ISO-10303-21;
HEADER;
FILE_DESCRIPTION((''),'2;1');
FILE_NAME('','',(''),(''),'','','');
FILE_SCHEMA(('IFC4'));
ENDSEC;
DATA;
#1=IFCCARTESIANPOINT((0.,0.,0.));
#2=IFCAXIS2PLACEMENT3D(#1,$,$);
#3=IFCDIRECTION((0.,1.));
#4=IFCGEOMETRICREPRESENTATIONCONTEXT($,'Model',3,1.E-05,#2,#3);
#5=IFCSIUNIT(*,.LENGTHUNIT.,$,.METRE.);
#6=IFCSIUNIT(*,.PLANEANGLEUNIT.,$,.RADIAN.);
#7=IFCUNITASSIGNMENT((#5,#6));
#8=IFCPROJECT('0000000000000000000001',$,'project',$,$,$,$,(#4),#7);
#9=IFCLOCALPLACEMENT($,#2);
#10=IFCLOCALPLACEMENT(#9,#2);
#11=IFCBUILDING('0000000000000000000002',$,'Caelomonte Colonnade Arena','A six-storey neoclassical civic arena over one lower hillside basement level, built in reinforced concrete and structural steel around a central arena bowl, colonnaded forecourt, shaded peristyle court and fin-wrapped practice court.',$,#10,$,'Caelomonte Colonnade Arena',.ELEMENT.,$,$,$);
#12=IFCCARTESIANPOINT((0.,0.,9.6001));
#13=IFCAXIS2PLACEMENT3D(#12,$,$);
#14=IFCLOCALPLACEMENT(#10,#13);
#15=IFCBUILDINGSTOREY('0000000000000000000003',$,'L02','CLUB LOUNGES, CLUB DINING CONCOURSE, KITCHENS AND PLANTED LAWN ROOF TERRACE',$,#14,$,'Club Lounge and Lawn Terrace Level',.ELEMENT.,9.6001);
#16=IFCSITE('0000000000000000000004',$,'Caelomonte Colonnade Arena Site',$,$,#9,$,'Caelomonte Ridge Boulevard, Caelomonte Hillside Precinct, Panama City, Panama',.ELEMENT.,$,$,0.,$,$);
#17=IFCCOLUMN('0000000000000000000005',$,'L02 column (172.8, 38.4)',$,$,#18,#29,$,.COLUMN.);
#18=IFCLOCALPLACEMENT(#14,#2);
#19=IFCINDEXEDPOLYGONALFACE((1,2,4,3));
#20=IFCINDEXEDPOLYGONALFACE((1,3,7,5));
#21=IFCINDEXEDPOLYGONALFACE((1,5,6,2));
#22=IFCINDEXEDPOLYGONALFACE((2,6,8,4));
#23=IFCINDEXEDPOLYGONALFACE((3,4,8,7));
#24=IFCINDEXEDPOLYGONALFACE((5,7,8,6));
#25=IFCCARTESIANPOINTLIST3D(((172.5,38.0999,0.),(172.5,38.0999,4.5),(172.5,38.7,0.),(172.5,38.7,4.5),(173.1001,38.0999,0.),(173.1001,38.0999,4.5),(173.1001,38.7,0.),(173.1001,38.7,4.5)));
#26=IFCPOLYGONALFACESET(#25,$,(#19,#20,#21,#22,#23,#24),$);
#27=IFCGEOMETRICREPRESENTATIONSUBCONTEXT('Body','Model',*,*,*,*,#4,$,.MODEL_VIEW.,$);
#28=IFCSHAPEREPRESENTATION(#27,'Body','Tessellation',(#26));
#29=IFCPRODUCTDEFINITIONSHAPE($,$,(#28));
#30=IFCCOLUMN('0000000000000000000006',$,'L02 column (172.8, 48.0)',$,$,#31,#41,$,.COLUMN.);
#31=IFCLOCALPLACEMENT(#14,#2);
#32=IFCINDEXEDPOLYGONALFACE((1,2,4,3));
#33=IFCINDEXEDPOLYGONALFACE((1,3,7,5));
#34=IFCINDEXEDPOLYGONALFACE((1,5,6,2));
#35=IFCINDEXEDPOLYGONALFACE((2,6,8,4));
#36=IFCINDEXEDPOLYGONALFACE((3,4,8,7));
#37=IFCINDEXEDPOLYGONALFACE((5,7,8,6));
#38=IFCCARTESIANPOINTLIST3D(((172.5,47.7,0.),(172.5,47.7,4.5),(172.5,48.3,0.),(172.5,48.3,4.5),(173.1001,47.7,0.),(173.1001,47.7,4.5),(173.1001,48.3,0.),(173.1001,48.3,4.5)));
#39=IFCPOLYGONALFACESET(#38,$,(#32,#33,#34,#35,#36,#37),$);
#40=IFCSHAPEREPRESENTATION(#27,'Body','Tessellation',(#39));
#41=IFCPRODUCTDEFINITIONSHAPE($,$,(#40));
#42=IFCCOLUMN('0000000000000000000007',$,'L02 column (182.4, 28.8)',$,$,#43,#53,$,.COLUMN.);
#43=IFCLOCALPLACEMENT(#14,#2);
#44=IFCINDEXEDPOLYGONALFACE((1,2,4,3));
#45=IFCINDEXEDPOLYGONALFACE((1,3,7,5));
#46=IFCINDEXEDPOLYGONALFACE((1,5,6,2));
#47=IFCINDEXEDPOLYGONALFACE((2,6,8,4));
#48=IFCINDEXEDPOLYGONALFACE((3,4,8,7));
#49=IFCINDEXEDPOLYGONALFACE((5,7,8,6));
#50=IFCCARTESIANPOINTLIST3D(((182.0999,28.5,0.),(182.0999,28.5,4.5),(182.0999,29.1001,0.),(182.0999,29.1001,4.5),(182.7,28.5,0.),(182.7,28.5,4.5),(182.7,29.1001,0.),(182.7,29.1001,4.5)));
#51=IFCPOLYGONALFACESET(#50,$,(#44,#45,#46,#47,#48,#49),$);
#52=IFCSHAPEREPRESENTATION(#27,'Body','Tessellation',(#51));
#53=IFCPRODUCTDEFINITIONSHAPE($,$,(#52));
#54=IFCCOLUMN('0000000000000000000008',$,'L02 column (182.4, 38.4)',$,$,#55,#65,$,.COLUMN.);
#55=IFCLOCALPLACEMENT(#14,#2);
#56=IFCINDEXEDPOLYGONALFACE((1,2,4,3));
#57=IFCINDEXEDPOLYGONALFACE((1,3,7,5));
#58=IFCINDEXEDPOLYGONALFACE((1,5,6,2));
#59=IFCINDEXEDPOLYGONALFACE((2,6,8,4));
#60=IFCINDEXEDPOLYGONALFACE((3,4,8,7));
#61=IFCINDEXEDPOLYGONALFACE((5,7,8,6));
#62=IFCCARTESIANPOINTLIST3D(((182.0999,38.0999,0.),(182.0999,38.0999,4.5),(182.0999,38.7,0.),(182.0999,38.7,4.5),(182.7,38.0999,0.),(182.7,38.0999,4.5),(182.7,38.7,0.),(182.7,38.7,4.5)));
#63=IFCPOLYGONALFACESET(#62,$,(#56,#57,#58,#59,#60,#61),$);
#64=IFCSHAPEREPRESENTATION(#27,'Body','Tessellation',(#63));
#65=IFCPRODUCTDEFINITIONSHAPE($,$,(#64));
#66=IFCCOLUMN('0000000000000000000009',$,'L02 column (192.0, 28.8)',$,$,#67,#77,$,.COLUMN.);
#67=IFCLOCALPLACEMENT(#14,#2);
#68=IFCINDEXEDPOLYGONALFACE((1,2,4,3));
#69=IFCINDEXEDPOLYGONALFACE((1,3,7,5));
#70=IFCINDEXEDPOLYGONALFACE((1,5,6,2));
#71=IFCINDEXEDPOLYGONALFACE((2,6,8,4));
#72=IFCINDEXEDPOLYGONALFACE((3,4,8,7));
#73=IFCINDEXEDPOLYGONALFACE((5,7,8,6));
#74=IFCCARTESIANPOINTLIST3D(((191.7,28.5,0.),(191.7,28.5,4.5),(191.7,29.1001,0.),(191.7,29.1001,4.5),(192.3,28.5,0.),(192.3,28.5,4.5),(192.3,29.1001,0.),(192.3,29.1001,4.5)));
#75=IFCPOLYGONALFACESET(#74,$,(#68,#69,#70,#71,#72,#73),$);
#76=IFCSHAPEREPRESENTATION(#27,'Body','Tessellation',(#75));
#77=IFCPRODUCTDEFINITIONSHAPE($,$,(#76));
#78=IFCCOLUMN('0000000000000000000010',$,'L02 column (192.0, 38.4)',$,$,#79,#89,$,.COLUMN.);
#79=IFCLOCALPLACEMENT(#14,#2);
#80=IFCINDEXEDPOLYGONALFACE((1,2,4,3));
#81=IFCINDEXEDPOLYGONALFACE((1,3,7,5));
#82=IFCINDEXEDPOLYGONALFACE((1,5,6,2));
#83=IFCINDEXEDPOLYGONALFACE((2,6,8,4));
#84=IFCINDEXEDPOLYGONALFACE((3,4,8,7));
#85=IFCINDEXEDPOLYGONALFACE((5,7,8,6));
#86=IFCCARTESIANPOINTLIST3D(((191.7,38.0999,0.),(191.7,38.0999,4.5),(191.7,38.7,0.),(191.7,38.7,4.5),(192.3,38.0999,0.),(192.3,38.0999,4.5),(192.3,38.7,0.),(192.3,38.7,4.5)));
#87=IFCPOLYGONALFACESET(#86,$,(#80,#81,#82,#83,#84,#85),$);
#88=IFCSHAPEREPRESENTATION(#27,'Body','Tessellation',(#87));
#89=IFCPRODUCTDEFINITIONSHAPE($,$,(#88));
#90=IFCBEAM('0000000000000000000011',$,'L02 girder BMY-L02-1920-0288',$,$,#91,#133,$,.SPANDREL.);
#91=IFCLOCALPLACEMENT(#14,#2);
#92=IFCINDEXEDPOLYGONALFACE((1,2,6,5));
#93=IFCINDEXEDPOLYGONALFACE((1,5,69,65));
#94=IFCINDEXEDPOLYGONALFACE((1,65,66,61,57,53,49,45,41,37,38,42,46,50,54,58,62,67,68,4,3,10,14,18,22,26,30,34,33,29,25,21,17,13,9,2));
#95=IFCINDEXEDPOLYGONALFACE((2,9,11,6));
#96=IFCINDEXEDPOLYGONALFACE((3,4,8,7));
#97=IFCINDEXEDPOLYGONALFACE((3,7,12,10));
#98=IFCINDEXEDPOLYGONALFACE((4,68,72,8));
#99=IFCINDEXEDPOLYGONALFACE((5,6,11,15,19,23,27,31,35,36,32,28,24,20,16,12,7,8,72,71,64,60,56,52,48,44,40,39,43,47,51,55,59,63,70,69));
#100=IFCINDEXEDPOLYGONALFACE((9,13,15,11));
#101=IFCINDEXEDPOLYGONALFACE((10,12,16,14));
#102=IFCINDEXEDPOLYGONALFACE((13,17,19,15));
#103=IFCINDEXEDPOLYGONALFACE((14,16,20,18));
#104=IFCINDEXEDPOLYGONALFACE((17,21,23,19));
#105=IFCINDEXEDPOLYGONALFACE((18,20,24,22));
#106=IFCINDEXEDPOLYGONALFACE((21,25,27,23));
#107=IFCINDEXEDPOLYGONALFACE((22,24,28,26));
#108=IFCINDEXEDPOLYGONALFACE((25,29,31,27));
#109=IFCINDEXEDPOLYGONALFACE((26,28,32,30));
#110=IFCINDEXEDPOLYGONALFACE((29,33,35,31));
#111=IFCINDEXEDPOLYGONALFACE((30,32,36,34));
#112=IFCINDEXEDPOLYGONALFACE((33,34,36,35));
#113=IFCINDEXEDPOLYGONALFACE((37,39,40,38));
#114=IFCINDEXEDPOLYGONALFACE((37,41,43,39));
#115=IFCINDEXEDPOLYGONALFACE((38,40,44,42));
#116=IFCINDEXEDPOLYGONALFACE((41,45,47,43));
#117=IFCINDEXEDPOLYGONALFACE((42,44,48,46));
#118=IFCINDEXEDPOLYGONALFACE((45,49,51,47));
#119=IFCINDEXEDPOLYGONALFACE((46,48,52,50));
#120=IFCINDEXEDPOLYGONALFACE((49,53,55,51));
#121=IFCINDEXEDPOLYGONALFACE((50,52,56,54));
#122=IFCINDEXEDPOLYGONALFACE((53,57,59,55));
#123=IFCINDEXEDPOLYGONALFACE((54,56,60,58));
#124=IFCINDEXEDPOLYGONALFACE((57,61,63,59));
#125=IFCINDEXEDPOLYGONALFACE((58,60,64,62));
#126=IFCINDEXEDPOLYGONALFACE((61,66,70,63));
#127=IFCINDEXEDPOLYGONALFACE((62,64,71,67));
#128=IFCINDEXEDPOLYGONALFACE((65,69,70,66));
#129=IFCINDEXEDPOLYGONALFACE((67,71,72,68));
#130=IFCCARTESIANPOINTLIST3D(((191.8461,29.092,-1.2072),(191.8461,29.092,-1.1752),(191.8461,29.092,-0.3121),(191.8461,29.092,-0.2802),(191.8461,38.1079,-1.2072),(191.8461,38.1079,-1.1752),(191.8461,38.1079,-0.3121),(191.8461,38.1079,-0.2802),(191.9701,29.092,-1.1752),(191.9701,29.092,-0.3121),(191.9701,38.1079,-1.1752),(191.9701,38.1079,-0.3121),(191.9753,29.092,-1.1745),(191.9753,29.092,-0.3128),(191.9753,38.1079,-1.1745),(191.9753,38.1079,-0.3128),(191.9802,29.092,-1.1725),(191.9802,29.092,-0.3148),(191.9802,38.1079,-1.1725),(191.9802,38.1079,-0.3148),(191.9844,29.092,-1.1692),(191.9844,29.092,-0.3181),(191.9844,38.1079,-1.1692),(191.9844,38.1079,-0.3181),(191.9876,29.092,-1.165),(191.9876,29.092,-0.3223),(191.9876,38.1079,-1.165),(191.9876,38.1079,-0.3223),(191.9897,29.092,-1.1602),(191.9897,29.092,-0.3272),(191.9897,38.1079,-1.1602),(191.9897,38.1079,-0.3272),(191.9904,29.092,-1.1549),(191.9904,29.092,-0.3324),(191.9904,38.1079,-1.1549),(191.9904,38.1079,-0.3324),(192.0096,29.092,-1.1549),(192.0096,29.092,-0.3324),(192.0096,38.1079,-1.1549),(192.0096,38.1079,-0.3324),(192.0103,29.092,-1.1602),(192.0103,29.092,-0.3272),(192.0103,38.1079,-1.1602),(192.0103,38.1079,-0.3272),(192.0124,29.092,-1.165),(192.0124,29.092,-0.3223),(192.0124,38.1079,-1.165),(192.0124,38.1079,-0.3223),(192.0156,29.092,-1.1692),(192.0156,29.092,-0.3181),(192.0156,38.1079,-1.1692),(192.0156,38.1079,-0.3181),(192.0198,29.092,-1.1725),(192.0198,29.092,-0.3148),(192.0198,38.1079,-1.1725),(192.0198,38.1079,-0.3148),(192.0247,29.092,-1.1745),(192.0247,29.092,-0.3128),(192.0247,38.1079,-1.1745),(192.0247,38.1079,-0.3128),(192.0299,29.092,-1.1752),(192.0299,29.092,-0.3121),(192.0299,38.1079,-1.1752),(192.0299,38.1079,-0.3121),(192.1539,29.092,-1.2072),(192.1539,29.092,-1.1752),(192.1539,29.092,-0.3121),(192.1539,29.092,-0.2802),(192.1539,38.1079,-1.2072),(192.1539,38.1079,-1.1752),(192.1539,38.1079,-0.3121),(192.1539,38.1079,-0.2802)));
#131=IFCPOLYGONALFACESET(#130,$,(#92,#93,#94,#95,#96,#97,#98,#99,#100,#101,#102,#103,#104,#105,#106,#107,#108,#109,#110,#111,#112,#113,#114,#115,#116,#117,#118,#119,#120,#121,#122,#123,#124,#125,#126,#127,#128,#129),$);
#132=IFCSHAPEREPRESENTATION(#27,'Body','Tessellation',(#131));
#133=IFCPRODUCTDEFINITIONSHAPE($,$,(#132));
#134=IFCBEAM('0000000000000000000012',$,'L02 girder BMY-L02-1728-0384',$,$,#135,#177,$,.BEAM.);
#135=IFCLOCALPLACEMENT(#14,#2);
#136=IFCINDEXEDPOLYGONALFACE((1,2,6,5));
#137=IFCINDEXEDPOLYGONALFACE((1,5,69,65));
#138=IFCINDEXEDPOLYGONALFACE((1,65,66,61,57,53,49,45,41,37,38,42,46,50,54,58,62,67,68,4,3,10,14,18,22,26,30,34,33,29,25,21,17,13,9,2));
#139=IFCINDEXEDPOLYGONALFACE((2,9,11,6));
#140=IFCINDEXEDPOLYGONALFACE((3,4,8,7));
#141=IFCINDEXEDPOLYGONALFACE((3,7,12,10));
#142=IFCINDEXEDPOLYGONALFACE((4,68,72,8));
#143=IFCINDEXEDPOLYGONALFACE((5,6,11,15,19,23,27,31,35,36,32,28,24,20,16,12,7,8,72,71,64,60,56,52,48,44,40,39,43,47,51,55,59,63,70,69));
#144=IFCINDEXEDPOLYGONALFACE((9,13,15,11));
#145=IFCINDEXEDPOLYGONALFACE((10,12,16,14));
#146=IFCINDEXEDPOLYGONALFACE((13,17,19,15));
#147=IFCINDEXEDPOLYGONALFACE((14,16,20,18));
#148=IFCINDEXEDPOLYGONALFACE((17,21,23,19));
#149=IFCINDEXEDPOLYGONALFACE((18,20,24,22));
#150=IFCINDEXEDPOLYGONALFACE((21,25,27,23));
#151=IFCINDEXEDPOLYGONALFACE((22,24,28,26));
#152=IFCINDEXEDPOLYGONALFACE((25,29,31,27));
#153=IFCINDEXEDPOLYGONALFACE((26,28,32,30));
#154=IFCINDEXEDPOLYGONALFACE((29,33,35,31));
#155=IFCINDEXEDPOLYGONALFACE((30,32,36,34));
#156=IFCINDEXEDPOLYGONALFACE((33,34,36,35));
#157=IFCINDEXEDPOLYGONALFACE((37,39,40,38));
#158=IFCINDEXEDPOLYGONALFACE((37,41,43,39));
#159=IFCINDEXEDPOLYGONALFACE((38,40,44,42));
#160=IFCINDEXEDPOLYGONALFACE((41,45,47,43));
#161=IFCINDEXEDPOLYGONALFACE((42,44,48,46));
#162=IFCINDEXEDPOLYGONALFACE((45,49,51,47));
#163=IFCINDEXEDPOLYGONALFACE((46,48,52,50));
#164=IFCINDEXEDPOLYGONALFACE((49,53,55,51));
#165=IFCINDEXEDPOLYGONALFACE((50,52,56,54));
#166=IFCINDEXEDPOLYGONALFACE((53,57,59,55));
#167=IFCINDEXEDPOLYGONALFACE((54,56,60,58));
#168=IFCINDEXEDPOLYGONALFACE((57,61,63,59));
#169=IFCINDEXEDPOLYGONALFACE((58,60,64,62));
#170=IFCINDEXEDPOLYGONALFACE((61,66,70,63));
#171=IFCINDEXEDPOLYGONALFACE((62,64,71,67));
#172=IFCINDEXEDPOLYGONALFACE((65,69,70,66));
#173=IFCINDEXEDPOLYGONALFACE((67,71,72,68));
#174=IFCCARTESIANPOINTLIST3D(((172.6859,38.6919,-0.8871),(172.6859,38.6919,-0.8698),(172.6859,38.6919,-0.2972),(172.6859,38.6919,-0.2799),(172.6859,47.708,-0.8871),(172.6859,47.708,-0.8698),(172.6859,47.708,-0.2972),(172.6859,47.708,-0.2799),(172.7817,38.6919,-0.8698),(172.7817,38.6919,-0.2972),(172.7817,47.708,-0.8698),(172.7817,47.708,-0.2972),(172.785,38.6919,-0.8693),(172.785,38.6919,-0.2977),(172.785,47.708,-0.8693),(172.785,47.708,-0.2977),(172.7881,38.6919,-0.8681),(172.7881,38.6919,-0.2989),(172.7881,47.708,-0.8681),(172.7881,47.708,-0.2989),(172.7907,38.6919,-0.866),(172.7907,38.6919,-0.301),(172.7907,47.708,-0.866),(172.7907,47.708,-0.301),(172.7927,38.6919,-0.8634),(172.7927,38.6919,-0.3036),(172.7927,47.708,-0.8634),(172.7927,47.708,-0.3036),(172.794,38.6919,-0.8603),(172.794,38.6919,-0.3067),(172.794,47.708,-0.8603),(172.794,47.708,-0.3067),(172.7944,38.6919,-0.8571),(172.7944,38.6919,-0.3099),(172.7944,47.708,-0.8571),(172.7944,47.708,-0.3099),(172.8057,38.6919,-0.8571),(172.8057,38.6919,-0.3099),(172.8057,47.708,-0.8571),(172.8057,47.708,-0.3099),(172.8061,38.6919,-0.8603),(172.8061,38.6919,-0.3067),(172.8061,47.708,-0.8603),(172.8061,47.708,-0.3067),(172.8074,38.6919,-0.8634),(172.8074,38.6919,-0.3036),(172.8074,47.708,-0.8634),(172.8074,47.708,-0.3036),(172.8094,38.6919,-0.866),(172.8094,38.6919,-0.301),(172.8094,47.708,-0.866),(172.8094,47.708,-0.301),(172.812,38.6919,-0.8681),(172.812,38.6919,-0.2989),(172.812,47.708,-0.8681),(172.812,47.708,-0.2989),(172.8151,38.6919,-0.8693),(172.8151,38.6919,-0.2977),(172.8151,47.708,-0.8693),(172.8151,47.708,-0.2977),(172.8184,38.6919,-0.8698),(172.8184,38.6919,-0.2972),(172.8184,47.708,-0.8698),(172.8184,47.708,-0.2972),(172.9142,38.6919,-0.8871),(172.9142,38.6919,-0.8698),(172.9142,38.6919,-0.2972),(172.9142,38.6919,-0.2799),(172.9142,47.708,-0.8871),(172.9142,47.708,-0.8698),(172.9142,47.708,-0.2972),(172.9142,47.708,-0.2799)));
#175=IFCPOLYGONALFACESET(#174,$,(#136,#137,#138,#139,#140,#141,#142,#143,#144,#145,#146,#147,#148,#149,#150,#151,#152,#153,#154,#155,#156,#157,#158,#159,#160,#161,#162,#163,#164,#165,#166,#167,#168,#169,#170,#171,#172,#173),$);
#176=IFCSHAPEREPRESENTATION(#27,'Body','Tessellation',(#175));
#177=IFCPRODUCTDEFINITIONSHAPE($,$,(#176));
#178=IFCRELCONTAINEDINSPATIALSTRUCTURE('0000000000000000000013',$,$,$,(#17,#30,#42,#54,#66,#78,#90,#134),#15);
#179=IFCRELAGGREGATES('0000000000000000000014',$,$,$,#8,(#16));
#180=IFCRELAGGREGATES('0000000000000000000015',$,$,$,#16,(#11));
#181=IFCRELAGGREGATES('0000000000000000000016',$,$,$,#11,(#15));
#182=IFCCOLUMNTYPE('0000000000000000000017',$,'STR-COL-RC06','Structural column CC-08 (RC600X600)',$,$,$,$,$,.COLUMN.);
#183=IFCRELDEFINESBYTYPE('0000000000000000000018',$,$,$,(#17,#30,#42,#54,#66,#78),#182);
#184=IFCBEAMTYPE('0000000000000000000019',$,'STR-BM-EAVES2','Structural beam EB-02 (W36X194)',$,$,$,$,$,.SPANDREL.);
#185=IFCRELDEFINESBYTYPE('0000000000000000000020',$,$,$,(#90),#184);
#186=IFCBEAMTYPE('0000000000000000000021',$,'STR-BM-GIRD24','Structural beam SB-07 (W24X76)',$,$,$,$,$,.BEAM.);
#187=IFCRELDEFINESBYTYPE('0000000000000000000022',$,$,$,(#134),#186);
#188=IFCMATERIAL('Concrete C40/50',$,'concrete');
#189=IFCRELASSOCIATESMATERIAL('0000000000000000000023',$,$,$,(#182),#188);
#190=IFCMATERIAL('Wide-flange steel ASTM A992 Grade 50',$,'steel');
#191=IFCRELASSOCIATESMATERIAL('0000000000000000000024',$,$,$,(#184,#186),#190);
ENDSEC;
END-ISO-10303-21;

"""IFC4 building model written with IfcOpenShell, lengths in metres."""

from ifc_helpers import new_model, si_unit, direction, frame, origin, origin_2d, place, context, subcontext, project, spatial, rectangle, i_section, extrude, material, material_profile, profile_set, type_object, element, save


model = new_model("IFC4")

# Units and contexts
model_context = context("Model", 3, precision=1e-05, world=origin(), true_north=direction((0.0, 1.0)))
body_context = subcontext(model_context, "Body", "Model", "MODEL_VIEW")
ifc_project = project(units=[si_unit("LENGTHUNIT", "METRE"), si_unit("PLANEANGLEUNIT", "RADIAN")], contexts=[model_context])

# Site, building, storey
site_placement = place(None, origin())
site = spatial("IfcSite", under=ifc_project, at=site_placement, Name="Caelomonte Colonnade Arena Site", LongName="Caelomonte Ridge Boulevard, Caelomonte Hillside Precinct, Panama City, Panama", CompositionType="ELEMENT", RefElevation=0.0)
building_placement = place(site_placement, origin())
building = spatial("IfcBuilding", under=site, at=building_placement, Name="Caelomonte Colonnade Arena", Description="A six-storey neoclassical civic arena over one lower hillside basement level, built in reinforced concrete and structural steel around a central arena bowl, colonnaded forecourt, shaded peristyle court and fin-wrapped practice court.", LongName="Caelomonte Colonnade Arena", CompositionType="ELEMENT")
storey_placement = place(building_placement, frame((0.0, 0.0, 9.6001)))
storey = spatial("IfcBuildingStorey", under=building, at=storey_placement, Name="L02", Description="CLUB LOUNGES, CLUB DINING CONCOURSE, KITCHENS AND PLANTED LAWN ROOF TERRACE", LongName="Club Lounge and Lawn Terrace Level", CompositionType="ELEMENT", Elevation=9.6001)

# Columns
ifc_material_1 = material(Name="Concrete C40/50", Category="concrete")
ifc_material_profile_1 = material_profile(ifc_material_1, rectangle(XDim=0.6001, YDim=0.6001, at=origin_2d()), Name="RC600X600")
ifc_profile_set_1 = profile_set([ifc_material_profile_1], Name="Concrete C40/50")
column_type = type_object("IfcColumnType", Name="STR-COL-RC06", Description="Structural column CC-08 (RC600X600)", PredefinedType="COLUMN", material=ifc_profile_set_1)
for number, where, z_axis, x_axis, name in (
    (1, (172.8, 38.3999, 0.0), (0.0, 0.0, 1.0), (1.0, 0.0, 0.0), "L02 column (172.8, 38.4)"),
    (2, (172.8, 48.0, 0.0), (0.0, 0.0, 1.0), (1.0, 0.0, 0.0), "L02 column (172.8, 48.0)"),
    (3, (182.3999, 28.8, 0.0), (0.0, 0.0, 1.0), (1.0, 0.0, 0.0), "L02 column (182.4, 28.8)"),
    (4, (182.3999, 38.3999, 0.0), (0.0, 0.0, 1.0), (1.0, 0.0, 0.0), "L02 column (182.4, 38.4)"),
    (5, (192.0, 28.8, 0.0), (0.0, 0.0, 1.0), (1.0, 0.0, 0.0), "L02 column (192.0, 28.8)"),
    (6, (192.0, 38.3999, 0.0), (0.0, 0.0, 1.0), (1.0, 0.0, 0.0), "L02 column (192.0, 38.4)"),
):
    element("IfcColumn", number, at=place(storey_placement, frame(where, z_axis=z_axis, x_axis=x_axis)), inside=storey, type_object=column_type, Name=name, PredefinedType="COLUMN", context=body_context, shape_type="SweptSolid", body=[
        extrude(rectangle(XDim=0.6001, YDim=0.6001, at=origin_2d()), origin(), (0.0, 0.0, 1.0), 4.5),
    ])

# Beams
ifc_material_2 = material(Name="Wide-flange steel ASTM A992 Grade 50", Category="steel")
ifc_material_profile_2 = material_profile(ifc_material_2, i_section(OverallWidth=0.3079, OverallDepth=0.927, WebThickness=0.0193, FlangeThickness=0.032, FilletRadius=0.0203, at=origin_2d()), Name="W36X194")
ifc_profile_set_2 = profile_set([ifc_material_profile_2], Name="Wide-flange steel ASTM A992 Grade 50")
beam_type_1 = type_object("IfcBeamType", Name="STR-BM-EAVES2", Description="Structural beam EB-02 (W36X194)", PredefinedType="SPANDREL", material=ifc_profile_set_2)
beam_1_placement = place(storey_placement, frame((192.0, 29.092, -0.7437), z_axis=(0.0, 1.0, 0.0), x_axis=(-1.0, 0.0, 0.0)))
element("IfcBeam", 7, at=beam_1_placement, inside=storey, type_object=beam_type_1, Name="L02 girder BMY-L02-1920-0288", PredefinedType="SPANDREL", context=body_context, shape_type="SweptSolid", body=[
    extrude(i_section(OverallWidth=0.3079, OverallDepth=0.927, WebThickness=0.0193, FlangeThickness=0.032, FilletRadius=0.0203, at=origin_2d()), origin(), (0.0, 0.0, 1.0), 9.0159),
])
ifc_material_profile_3 = material_profile(ifc_material_2, i_section(OverallWidth=0.2283, OverallDepth=0.6072, WebThickness=0.0112, FlangeThickness=0.0173, FilletRadius=0.0127, at=origin_2d()), Name="W24X76")
ifc_profile_set_3 = profile_set([ifc_material_profile_3], Name="Wide-flange steel ASTM A992 Grade 50")
beam_type_2 = type_object("IfcBeamType", Name="STR-BM-GIRD24", Description="Structural beam SB-07 (W24X76)", PredefinedType="BEAM", material=ifc_profile_set_3)
beam_2_placement = place(storey_placement, frame((172.8, 38.6919, -0.5835), z_axis=(0.0, 1.0, 0.0), x_axis=(-1.0, 0.0, 0.0)))
element("IfcBeam", 8, at=beam_2_placement, inside=storey, type_object=beam_type_2, Name="L02 girder BMY-L02-1728-0384", PredefinedType="BEAM", context=body_context, shape_type="SweptSolid", body=[
    extrude(i_section(OverallWidth=0.2283, OverallDepth=0.6072, WebThickness=0.0112, FlangeThickness=0.0173, FilletRadius=0.0127, at=origin_2d()), origin(), (0.0, 0.0, 1.0), 9.0161),
])

save(model, "model.ifc")
